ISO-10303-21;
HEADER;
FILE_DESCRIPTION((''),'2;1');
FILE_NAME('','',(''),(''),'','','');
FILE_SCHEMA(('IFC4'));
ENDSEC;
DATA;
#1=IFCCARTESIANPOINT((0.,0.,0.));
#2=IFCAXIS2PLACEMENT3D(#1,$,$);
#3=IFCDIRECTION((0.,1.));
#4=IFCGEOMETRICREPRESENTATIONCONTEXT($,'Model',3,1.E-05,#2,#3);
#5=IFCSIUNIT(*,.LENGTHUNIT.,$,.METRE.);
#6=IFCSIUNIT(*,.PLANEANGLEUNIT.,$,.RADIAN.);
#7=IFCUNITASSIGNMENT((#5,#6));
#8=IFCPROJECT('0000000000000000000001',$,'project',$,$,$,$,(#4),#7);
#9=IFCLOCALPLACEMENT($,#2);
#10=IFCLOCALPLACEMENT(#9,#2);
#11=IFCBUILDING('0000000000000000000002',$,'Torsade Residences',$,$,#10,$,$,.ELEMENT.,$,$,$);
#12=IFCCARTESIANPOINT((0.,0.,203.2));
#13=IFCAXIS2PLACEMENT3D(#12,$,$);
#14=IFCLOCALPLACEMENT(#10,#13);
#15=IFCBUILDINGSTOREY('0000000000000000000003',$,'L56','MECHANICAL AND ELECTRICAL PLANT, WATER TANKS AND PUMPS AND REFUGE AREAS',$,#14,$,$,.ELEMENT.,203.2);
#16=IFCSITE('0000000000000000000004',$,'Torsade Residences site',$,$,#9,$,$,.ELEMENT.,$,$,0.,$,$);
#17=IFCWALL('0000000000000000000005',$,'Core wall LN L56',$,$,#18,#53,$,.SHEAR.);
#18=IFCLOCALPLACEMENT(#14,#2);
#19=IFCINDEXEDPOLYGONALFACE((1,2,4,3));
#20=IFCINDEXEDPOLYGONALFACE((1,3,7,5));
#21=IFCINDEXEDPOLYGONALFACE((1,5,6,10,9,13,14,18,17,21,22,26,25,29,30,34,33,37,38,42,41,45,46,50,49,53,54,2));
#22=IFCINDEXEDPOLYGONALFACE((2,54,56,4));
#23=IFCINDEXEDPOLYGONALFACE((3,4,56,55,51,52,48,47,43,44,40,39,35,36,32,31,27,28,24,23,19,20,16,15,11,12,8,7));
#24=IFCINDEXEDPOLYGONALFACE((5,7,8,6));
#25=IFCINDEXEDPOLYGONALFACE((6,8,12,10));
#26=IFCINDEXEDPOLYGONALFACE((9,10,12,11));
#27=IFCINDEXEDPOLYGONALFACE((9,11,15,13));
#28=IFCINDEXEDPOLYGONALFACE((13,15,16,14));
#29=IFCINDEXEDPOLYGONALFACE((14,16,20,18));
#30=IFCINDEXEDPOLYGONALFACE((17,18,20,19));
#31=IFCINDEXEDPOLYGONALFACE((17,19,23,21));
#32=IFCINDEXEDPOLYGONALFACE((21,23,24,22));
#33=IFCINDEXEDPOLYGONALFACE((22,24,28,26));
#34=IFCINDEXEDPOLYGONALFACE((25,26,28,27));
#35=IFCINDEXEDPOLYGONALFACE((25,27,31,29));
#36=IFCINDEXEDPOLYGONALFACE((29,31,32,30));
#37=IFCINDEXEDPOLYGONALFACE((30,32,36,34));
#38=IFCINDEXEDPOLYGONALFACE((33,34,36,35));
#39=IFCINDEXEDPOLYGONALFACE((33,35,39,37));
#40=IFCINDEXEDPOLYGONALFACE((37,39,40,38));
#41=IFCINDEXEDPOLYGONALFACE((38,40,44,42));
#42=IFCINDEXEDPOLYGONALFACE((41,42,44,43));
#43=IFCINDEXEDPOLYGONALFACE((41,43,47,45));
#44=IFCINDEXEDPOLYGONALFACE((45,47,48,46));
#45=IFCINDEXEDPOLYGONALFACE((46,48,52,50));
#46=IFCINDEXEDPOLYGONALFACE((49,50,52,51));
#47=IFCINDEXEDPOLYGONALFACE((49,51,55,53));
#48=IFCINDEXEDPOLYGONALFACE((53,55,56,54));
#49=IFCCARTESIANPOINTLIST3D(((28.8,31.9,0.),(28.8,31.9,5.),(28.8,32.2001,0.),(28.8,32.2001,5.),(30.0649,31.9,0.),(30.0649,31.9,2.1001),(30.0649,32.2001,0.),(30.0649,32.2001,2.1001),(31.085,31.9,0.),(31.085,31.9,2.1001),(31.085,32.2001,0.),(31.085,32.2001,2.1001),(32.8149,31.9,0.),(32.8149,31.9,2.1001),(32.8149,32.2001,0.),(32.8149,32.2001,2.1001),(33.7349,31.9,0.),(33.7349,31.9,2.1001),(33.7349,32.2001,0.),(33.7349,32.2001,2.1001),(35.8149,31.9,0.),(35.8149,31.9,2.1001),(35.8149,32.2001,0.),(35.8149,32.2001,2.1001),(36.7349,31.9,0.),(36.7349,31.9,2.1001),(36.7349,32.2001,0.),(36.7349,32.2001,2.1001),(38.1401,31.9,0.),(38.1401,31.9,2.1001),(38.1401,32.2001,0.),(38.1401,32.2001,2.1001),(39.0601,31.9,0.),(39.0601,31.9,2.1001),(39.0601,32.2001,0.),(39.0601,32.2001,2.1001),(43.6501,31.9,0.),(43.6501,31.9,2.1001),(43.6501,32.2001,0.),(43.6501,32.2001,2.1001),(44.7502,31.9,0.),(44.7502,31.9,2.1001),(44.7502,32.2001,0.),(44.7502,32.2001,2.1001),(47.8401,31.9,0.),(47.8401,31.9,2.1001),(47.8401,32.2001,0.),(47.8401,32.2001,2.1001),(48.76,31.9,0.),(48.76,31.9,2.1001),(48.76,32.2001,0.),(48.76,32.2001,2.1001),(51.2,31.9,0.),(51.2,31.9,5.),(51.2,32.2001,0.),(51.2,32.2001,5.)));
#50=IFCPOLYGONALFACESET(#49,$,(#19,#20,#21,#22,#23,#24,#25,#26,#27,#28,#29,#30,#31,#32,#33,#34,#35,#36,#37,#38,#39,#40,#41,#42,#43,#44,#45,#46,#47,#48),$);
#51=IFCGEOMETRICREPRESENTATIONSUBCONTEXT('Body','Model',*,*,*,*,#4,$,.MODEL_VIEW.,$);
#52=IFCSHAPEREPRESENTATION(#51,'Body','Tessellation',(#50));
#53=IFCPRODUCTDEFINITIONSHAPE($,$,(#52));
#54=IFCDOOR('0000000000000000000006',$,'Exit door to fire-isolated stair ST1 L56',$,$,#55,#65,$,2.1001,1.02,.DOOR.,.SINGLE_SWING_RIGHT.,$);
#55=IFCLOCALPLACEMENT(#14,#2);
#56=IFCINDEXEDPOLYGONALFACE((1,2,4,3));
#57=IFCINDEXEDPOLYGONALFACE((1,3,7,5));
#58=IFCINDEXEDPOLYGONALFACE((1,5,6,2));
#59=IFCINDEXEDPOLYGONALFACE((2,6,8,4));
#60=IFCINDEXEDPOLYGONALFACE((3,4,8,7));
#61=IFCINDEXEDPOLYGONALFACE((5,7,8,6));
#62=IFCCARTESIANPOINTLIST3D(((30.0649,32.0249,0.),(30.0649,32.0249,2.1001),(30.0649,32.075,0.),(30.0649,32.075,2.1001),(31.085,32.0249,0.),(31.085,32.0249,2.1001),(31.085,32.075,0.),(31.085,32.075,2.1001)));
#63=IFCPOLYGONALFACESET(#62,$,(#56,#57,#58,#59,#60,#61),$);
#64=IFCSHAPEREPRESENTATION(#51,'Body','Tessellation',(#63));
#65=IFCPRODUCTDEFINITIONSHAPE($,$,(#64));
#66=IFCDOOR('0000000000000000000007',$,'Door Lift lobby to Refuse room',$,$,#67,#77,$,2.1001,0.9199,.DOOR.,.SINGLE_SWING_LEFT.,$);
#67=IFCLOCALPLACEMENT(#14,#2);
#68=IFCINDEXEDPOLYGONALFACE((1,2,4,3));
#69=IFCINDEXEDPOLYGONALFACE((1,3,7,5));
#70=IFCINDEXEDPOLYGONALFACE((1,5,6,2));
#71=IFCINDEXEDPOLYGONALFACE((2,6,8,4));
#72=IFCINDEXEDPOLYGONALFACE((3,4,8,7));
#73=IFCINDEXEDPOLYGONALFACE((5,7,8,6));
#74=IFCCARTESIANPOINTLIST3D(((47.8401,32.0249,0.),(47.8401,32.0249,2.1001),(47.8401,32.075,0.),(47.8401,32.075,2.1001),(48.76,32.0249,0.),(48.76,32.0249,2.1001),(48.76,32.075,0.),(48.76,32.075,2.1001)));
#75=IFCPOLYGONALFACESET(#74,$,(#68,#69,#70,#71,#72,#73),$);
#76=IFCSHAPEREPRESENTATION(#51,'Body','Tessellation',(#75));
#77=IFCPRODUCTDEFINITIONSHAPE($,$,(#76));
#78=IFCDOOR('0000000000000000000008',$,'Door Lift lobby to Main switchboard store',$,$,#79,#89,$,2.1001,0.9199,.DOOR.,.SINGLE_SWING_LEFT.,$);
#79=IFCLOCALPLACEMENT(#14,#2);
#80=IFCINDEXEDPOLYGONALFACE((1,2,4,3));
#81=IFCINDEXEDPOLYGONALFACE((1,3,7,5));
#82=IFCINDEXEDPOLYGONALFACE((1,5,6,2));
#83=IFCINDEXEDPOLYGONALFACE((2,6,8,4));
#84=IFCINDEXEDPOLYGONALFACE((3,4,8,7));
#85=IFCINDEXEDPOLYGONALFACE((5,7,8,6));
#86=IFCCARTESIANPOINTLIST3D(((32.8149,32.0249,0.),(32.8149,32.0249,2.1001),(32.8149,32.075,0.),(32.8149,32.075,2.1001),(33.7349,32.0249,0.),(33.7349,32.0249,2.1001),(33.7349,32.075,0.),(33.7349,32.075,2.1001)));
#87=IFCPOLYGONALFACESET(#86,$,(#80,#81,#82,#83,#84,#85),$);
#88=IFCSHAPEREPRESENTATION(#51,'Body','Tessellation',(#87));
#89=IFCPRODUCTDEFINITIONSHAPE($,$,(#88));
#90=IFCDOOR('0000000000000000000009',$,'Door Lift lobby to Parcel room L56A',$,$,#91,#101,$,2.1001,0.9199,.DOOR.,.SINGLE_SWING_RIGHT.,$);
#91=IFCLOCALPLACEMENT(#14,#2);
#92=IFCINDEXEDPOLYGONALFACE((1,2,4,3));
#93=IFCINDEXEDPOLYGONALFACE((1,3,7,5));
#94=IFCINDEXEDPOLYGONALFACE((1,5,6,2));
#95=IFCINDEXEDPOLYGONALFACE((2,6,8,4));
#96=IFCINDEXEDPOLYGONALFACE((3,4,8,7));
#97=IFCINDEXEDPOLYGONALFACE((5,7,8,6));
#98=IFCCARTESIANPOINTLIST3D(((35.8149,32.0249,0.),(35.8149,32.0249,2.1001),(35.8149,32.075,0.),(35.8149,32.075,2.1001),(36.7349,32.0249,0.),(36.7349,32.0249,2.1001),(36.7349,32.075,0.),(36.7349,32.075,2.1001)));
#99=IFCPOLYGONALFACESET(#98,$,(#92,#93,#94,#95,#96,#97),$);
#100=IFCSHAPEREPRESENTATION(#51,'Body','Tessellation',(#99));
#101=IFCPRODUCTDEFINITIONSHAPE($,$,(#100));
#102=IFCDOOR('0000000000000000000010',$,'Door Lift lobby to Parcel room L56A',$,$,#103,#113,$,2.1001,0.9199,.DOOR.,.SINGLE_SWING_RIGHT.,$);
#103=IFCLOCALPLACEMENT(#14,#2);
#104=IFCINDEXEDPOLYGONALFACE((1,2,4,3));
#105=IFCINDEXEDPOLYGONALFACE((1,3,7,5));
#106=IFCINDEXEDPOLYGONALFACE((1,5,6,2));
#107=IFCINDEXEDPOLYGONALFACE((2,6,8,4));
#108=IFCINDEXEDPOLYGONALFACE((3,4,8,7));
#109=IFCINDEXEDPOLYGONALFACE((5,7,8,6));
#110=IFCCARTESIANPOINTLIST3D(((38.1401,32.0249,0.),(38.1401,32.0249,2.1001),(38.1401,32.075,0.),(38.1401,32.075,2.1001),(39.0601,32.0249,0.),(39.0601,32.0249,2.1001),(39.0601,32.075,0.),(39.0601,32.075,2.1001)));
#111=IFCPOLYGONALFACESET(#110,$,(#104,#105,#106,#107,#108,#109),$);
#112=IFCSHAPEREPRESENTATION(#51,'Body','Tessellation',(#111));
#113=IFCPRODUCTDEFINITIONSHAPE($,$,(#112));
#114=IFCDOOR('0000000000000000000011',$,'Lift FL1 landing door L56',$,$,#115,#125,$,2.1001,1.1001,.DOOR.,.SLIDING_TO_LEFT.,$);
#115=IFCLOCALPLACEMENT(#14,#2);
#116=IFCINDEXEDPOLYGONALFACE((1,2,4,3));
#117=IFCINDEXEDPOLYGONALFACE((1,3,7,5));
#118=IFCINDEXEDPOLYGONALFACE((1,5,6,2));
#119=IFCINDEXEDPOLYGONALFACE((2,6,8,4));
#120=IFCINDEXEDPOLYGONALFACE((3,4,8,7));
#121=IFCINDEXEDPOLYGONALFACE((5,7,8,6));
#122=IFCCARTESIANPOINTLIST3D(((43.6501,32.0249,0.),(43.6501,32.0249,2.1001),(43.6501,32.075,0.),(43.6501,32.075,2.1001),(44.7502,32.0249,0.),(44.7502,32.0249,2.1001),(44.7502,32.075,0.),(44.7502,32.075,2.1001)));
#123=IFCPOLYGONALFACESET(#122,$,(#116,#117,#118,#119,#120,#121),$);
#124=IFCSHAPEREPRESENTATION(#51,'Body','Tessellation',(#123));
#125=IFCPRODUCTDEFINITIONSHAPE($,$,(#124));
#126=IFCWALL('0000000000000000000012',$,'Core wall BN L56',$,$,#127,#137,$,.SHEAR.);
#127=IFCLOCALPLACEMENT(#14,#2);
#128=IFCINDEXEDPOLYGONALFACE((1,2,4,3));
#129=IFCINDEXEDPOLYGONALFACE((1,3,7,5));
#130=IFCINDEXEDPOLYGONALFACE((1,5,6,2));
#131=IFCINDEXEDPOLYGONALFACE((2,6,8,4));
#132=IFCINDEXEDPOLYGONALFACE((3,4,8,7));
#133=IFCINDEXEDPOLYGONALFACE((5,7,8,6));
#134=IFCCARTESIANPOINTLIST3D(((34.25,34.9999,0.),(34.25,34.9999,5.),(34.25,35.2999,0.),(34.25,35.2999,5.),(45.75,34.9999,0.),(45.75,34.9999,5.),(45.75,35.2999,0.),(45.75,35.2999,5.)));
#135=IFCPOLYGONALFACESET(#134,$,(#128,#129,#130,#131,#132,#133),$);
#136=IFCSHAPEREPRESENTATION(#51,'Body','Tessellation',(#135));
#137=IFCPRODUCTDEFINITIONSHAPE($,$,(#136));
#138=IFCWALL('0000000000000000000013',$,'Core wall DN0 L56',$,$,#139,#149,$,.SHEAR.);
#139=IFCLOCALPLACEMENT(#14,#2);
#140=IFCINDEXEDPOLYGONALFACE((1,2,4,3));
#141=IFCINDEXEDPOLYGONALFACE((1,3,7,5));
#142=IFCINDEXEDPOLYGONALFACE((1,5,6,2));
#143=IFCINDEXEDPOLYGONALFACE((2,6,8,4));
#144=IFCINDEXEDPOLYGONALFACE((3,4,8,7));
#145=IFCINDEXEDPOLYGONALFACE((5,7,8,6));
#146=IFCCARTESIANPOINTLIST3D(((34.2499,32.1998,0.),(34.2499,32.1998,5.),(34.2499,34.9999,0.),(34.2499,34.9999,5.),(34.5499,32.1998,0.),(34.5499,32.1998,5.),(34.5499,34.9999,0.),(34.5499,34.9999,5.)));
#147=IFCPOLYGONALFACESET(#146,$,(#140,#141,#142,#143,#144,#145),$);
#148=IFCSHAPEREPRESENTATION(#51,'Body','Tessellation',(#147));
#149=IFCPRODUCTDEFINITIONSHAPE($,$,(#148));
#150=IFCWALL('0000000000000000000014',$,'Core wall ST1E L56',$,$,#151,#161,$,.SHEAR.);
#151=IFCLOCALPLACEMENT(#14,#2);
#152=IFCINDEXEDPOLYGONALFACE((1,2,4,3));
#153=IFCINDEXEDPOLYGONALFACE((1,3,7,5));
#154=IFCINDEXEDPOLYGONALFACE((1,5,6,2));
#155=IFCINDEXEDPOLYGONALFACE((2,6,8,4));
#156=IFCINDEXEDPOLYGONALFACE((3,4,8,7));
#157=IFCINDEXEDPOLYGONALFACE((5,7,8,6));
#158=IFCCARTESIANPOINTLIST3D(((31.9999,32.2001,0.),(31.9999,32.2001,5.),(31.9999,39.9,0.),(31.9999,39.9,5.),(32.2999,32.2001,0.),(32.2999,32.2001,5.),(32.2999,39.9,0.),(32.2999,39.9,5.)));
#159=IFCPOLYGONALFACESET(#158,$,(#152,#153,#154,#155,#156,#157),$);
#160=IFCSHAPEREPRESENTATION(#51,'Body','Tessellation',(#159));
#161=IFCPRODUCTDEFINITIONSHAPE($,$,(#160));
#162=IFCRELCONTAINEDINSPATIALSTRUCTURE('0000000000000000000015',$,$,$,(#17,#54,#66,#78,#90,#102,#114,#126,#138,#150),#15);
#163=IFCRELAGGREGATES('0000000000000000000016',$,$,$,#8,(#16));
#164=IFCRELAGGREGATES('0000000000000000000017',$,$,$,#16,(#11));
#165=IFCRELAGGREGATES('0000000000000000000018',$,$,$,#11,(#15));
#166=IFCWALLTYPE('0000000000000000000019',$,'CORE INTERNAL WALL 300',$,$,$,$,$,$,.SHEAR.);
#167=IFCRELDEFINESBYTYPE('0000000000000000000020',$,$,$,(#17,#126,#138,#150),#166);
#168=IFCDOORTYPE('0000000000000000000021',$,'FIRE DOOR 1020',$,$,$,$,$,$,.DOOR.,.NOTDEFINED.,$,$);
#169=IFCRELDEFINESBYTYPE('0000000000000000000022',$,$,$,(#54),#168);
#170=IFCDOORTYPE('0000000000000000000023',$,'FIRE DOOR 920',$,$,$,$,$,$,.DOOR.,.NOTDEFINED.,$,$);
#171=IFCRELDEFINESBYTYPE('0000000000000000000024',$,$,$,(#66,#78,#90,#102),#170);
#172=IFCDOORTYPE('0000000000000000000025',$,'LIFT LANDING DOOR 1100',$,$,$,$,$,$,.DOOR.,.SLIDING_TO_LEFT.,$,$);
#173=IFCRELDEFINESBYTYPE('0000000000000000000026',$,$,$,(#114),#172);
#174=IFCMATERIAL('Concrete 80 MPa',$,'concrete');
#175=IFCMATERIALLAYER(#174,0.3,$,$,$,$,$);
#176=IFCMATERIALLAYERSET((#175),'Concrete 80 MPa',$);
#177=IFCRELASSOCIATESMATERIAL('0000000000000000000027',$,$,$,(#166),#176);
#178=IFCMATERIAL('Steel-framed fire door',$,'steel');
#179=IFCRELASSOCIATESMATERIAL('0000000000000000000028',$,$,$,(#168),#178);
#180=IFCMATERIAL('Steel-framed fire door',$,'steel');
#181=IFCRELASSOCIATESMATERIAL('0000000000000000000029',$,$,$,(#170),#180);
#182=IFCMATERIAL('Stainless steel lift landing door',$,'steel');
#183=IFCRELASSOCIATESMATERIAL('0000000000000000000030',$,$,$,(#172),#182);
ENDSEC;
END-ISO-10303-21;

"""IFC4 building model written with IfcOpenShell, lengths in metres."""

from ifc_helpers import new_model, si_unit, direction, frame, frame_2d, origin, place, context, subcontext, project, spatial, rectangle, extrude, material, layer, layer_set, type_object, element, fill, save


model = new_model("IFC4")

# Units and contexts
model_context = context("Model", 3, precision=1e-05, world=origin(), true_north=direction((0.0, 1.0)))
body_context = subcontext(model_context, "Body", "Model", "MODEL_VIEW")
ifc_project = project(units=[si_unit("LENGTHUNIT", "METRE"), si_unit("PLANEANGLEUNIT", "RADIAN")], contexts=[model_context])

# Site, building, storey
site_placement = place(None, origin())
site = spatial("IfcSite", under=ifc_project, at=site_placement, Name="Torsade Residences site", CompositionType="ELEMENT", RefElevation=0.0)
building_placement = place(site_placement, origin())
building = spatial("IfcBuilding", under=site, at=building_placement, Name="Torsade Residences", CompositionType="ELEMENT")
storey_placement = place(building_placement, frame((0.0, 0.0, 203.2)))
storey = spatial("IfcBuildingStorey", under=building, at=storey_placement, Name="L56", Description="MECHANICAL AND ELECTRICAL PLANT, WATER TANKS AND PUMPS AND REFUGE AREAS", CompositionType="ELEMENT", Elevation=203.2)

# Wall, openings, doors
ifc_material_1 = material(Name="Concrete 80 MPa", Category="concrete")
ifc_layer_1 = layer(ifc_material_1, 0.3)
ifc_layer_set_1 = layer_set([ifc_layer_1], Name="Concrete 80 MPa")
wall_type_1 = type_object("IfcWallType", Name="CORE INTERNAL WALL 300", PredefinedType="SHEAR", material=ifc_layer_set_1)
wall_1_placement = place(storey_placement, frame((28.8, 32.05, 0.0), z_axis=(0.0, 0.0, 1.0), x_axis=(1.0, 0.0, 0.0)))
wall_1 = element("IfcWall", 1, at=wall_1_placement, inside=storey, type_object=wall_type_1, Name="Core wall LN L56", PredefinedType="SHEAR", context=body_context, shape_type="SweptSolid", body=[
    extrude(rectangle(XDim=22.3999, YDim=0.3, at=frame_2d((11.2, 0.0))), origin(), (0.0, 0.0, 1.0), 5.0),
])
opening_1_placement = place(wall_1_placement, frame((19.04, 0.0, 0.0)))
opening_1 = element("IfcOpeningElement", 2, at=opening_1_placement, cuts=wall_1, PredefinedType="OPENING", context=body_context, shape_type="SweptSolid", body=[
    extrude(rectangle(XDim=0.9199, YDim=2.1001, at=frame_2d((0.46, 1.05))), frame((0.0, 0.1599, 0.0), z_axis=(0.0, -1.0, 0.0), x_axis=(1.0, 0.0, 0.0)), (0.0, 0.0, 1.0), 0.3201),
])
opening_2_placement = place(wall_1_placement, frame((1.2649, 0.0, 0.0)))
opening_2 = element("IfcOpeningElement", 3, at=opening_2_placement, cuts=wall_1, PredefinedType="OPENING", context=body_context, shape_type="SweptSolid", body=[
    extrude(rectangle(XDim=1.02, YDim=2.1001, at=frame_2d((0.51, 1.05))), frame((0.0, 0.1599, 0.0), z_axis=(0.0, -1.0, 0.0), x_axis=(1.0, 0.0, 0.0)), (0.0, 0.0, 1.0), 0.3201),
])
opening_3_placement = place(wall_1_placement, frame((4.0149, 0.0, 0.0)))
opening_3 = element("IfcOpeningElement", 4, at=opening_3_placement, cuts=wall_1, PredefinedType="OPENING", context=body_context, shape_type="SweptSolid", body=[
    extrude(rectangle(XDim=0.9199, YDim=2.1001, at=frame_2d((0.46, 1.05))), frame((0.0, 0.1599, 0.0), z_axis=(0.0, -1.0, 0.0), x_axis=(1.0, 0.0, 0.0)), (0.0, 0.0, 1.0), 0.3201),
])
opening_4_placement = place(wall_1_placement, frame((7.0149, 0.0, 0.0)))
opening_4 = element("IfcOpeningElement", 5, at=opening_4_placement, cuts=wall_1, PredefinedType="OPENING", context=body_context, shape_type="SweptSolid", body=[
    extrude(rectangle(XDim=0.9199, YDim=2.1001, at=frame_2d((0.46, 1.05))), frame((0.0, 0.1599, 0.0), z_axis=(0.0, -1.0, 0.0), x_axis=(1.0, 0.0, 0.0)), (0.0, 0.0, 1.0), 0.3201),
])
opening_5_placement = place(wall_1_placement, frame((9.3401, 0.0, 0.0)))
opening_5 = element("IfcOpeningElement", 6, at=opening_5_placement, cuts=wall_1, PredefinedType="OPENING", context=body_context, shape_type="SweptSolid", body=[
    extrude(rectangle(XDim=0.9199, YDim=2.1001, at=frame_2d((0.46, 1.05))), frame((0.0, 0.1599, 0.0), z_axis=(0.0, -1.0, 0.0), x_axis=(1.0, 0.0, 0.0)), (0.0, 0.0, 1.0), 0.3201),
])
opening_6_placement = place(wall_1_placement, frame((14.8501, 0.0, 0.0)))
opening_6 = element("IfcOpeningElement", 7, at=opening_6_placement, cuts=wall_1, PredefinedType="OPENING", context=body_context, shape_type="SweptSolid", body=[
    extrude(rectangle(XDim=1.1001, YDim=2.1001, at=frame_2d((0.55, 1.05))), frame((0.0, 0.1599, 0.0), z_axis=(0.0, -1.0, 0.0), x_axis=(1.0, 0.0, 0.0)), (0.0, 0.0, 1.0), 0.3201),
])
ifc_material_2 = material(Name="Steel-framed fire door", Category="steel")
door_type_1 = type_object("IfcDoorType", Name="FIRE DOOR 1020", OperationType="NOTDEFINED", PredefinedType="DOOR", material=ifc_material_2)
door_1_placement = place(opening_2_placement, origin())
door_1 = element("IfcDoor", 8, at=door_1_placement, inside=storey, type_object=door_type_1, Name="Exit door to fire-isolated stair ST1 L56", OperationType="SINGLE_SWING_RIGHT", OverallHeight=2.1001, OverallWidth=1.02, PredefinedType="DOOR", context=body_context, shape_type="SweptSolid", body=[
    extrude(rectangle(XDim=1.02, YDim=2.1001, at=frame_2d((0.51, 1.05))), frame((0.0, 0.0249, 0.0), z_axis=(0.0, -1.0, 0.0), x_axis=(1.0, 0.0, 0.0)), (0.0, 0.0, 1.0), 0.05),
])
fill(opening_2, door_1)
ifc_material_3 = material(Name="Steel-framed fire door", Category="steel")
door_type_2 = type_object("IfcDoorType", Name="FIRE DOOR 920", OperationType="NOTDEFINED", PredefinedType="DOOR", material=ifc_material_3)
door_2_placement = place(opening_1_placement, origin())
door_2 = element("IfcDoor", 9, at=door_2_placement, inside=storey, type_object=door_type_2, Name="Door Lift lobby to Refuse room", OperationType="SINGLE_SWING_LEFT", OverallHeight=2.1001, OverallWidth=0.9199, PredefinedType="DOOR", context=body_context, shape_type="SweptSolid", body=[
    extrude(rectangle(XDim=0.9199, YDim=2.1001, at=frame_2d((0.46, 1.05))), frame((0.0, 0.0249, 0.0), z_axis=(0.0, -1.0, 0.0), x_axis=(1.0, 0.0, 0.0)), (0.0, 0.0, 1.0), 0.05),
])
fill(opening_1, door_2)
door_3_placement = place(opening_3_placement, origin())
door_3 = element("IfcDoor", 10, at=door_3_placement, inside=storey, type_object=door_type_2, Name="Door Lift lobby to Main switchboard store", OperationType="SINGLE_SWING_LEFT", OverallHeight=2.1001, OverallWidth=0.9199, PredefinedType="DOOR", context=body_context, shape_type="SweptSolid", body=[
    extrude(rectangle(XDim=0.9199, YDim=2.1001, at=frame_2d((0.46, 1.05))), frame((0.0, 0.0249, 0.0), z_axis=(0.0, -1.0, 0.0), x_axis=(1.0, 0.0, 0.0)), (0.0, 0.0, 1.0), 0.05),
])
fill(opening_3, door_3)
door_4_placement = place(opening_4_placement, origin())
door_4 = element("IfcDoor", 11, at=door_4_placement, inside=storey, type_object=door_type_2, Name="Door Lift lobby to Parcel room L56A", OperationType="SINGLE_SWING_RIGHT", OverallHeight=2.1001, OverallWidth=0.9199, PredefinedType="DOOR", context=body_context, shape_type="SweptSolid", body=[
    extrude(rectangle(XDim=0.9199, YDim=2.1001, at=frame_2d((0.46, 1.05))), frame((0.0, 0.0249, 0.0), z_axis=(0.0, -1.0, 0.0), x_axis=(1.0, 0.0, 0.0)), (0.0, 0.0, 1.0), 0.05),
])
fill(opening_4, door_4)
door_5_placement = place(opening_5_placement, origin())
door_5 = element("IfcDoor", 12, at=door_5_placement, inside=storey, type_object=door_type_2, Name="Door Lift lobby to Parcel room L56A", OperationType="SINGLE_SWING_RIGHT", OverallHeight=2.1001, OverallWidth=0.9199, PredefinedType="DOOR", context=body_context, shape_type="SweptSolid", body=[
    extrude(rectangle(XDim=0.9199, YDim=2.1001, at=frame_2d((0.46, 1.05))), frame((0.0, 0.0249, 0.0), z_axis=(0.0, -1.0, 0.0), x_axis=(1.0, 0.0, 0.0)), (0.0, 0.0, 1.0), 0.05),
])
fill(opening_5, door_5)
ifc_material_4 = material(Name="Stainless steel lift landing door", Category="steel")
door_type_3 = type_object("IfcDoorType", Name="LIFT LANDING DOOR 1100", OperationType="SLIDING_TO_LEFT", PredefinedType="DOOR", material=ifc_material_4)
door_6_placement = place(opening_6_placement, origin())
door_6 = element("IfcDoor", 13, at=door_6_placement, inside=storey, type_object=door_type_3, Name="Lift FL1 landing door L56", OperationType="SLIDING_TO_LEFT", OverallHeight=2.1001, OverallWidth=1.1001, PredefinedType="DOOR", context=body_context, shape_type="SweptSolid", body=[
    extrude(rectangle(XDim=1.1001, YDim=2.1001, at=frame_2d((0.55, 1.05))), frame((0.0, 0.0249, 0.0), z_axis=(0.0, -1.0, 0.0), x_axis=(1.0, 0.0, 0.0)), (0.0, 0.0, 1.0), 0.05),
])
fill(opening_6, door_6)

# Walls
wall_2_placement = place(storey_placement, frame((34.25, 35.1499, 0.0), z_axis=(0.0, 0.0, 1.0), x_axis=(1.0, 0.0, 0.0)))
element("IfcWall", 14, at=wall_2_placement, inside=storey, type_object=wall_type_1, Name="Core wall BN L56", PredefinedType="SHEAR", context=body_context, shape_type="SweptSolid", body=[
    extrude(rectangle(XDim=11.5, YDim=0.3, at=frame_2d((5.75, 0.0))), origin(), (0.0, 0.0, 1.0), 5.0),
])
wall_3_placement = place(storey_placement, frame((34.3999, 32.2, 0.0), z_axis=(0.0, 0.0, 1.0), x_axis=(0.0, 1.0, 0.0)))
element("IfcWall", 15, at=wall_3_placement, inside=storey, type_object=wall_type_1, Name="Core wall DN0 L56", PredefinedType="SHEAR", context=body_context, shape_type="SweptSolid", body=[
    extrude(rectangle(XDim=2.8, YDim=0.3, at=frame_2d((1.3999, 0.0))), origin(), (0.0, 0.0, 1.0), 5.0),
])
wall_4_placement = place(storey_placement, frame((32.1499, 32.2, 0.0), z_axis=(0.0, 0.0, 1.0), x_axis=(0.0, 1.0, 0.0)))
element("IfcWall", 16, at=wall_4_placement, inside=storey, type_object=wall_type_1, Name="Core wall ST1E L56", PredefinedType="SHEAR", context=body_context, shape_type="SweptSolid", body=[
    extrude(rectangle(XDim=7.7, YDim=0.3, at=frame_2d((3.8501, 0.0))), origin(), (0.0, 0.0, 1.0), 5.0),
])

save(model, "model.ifc")
